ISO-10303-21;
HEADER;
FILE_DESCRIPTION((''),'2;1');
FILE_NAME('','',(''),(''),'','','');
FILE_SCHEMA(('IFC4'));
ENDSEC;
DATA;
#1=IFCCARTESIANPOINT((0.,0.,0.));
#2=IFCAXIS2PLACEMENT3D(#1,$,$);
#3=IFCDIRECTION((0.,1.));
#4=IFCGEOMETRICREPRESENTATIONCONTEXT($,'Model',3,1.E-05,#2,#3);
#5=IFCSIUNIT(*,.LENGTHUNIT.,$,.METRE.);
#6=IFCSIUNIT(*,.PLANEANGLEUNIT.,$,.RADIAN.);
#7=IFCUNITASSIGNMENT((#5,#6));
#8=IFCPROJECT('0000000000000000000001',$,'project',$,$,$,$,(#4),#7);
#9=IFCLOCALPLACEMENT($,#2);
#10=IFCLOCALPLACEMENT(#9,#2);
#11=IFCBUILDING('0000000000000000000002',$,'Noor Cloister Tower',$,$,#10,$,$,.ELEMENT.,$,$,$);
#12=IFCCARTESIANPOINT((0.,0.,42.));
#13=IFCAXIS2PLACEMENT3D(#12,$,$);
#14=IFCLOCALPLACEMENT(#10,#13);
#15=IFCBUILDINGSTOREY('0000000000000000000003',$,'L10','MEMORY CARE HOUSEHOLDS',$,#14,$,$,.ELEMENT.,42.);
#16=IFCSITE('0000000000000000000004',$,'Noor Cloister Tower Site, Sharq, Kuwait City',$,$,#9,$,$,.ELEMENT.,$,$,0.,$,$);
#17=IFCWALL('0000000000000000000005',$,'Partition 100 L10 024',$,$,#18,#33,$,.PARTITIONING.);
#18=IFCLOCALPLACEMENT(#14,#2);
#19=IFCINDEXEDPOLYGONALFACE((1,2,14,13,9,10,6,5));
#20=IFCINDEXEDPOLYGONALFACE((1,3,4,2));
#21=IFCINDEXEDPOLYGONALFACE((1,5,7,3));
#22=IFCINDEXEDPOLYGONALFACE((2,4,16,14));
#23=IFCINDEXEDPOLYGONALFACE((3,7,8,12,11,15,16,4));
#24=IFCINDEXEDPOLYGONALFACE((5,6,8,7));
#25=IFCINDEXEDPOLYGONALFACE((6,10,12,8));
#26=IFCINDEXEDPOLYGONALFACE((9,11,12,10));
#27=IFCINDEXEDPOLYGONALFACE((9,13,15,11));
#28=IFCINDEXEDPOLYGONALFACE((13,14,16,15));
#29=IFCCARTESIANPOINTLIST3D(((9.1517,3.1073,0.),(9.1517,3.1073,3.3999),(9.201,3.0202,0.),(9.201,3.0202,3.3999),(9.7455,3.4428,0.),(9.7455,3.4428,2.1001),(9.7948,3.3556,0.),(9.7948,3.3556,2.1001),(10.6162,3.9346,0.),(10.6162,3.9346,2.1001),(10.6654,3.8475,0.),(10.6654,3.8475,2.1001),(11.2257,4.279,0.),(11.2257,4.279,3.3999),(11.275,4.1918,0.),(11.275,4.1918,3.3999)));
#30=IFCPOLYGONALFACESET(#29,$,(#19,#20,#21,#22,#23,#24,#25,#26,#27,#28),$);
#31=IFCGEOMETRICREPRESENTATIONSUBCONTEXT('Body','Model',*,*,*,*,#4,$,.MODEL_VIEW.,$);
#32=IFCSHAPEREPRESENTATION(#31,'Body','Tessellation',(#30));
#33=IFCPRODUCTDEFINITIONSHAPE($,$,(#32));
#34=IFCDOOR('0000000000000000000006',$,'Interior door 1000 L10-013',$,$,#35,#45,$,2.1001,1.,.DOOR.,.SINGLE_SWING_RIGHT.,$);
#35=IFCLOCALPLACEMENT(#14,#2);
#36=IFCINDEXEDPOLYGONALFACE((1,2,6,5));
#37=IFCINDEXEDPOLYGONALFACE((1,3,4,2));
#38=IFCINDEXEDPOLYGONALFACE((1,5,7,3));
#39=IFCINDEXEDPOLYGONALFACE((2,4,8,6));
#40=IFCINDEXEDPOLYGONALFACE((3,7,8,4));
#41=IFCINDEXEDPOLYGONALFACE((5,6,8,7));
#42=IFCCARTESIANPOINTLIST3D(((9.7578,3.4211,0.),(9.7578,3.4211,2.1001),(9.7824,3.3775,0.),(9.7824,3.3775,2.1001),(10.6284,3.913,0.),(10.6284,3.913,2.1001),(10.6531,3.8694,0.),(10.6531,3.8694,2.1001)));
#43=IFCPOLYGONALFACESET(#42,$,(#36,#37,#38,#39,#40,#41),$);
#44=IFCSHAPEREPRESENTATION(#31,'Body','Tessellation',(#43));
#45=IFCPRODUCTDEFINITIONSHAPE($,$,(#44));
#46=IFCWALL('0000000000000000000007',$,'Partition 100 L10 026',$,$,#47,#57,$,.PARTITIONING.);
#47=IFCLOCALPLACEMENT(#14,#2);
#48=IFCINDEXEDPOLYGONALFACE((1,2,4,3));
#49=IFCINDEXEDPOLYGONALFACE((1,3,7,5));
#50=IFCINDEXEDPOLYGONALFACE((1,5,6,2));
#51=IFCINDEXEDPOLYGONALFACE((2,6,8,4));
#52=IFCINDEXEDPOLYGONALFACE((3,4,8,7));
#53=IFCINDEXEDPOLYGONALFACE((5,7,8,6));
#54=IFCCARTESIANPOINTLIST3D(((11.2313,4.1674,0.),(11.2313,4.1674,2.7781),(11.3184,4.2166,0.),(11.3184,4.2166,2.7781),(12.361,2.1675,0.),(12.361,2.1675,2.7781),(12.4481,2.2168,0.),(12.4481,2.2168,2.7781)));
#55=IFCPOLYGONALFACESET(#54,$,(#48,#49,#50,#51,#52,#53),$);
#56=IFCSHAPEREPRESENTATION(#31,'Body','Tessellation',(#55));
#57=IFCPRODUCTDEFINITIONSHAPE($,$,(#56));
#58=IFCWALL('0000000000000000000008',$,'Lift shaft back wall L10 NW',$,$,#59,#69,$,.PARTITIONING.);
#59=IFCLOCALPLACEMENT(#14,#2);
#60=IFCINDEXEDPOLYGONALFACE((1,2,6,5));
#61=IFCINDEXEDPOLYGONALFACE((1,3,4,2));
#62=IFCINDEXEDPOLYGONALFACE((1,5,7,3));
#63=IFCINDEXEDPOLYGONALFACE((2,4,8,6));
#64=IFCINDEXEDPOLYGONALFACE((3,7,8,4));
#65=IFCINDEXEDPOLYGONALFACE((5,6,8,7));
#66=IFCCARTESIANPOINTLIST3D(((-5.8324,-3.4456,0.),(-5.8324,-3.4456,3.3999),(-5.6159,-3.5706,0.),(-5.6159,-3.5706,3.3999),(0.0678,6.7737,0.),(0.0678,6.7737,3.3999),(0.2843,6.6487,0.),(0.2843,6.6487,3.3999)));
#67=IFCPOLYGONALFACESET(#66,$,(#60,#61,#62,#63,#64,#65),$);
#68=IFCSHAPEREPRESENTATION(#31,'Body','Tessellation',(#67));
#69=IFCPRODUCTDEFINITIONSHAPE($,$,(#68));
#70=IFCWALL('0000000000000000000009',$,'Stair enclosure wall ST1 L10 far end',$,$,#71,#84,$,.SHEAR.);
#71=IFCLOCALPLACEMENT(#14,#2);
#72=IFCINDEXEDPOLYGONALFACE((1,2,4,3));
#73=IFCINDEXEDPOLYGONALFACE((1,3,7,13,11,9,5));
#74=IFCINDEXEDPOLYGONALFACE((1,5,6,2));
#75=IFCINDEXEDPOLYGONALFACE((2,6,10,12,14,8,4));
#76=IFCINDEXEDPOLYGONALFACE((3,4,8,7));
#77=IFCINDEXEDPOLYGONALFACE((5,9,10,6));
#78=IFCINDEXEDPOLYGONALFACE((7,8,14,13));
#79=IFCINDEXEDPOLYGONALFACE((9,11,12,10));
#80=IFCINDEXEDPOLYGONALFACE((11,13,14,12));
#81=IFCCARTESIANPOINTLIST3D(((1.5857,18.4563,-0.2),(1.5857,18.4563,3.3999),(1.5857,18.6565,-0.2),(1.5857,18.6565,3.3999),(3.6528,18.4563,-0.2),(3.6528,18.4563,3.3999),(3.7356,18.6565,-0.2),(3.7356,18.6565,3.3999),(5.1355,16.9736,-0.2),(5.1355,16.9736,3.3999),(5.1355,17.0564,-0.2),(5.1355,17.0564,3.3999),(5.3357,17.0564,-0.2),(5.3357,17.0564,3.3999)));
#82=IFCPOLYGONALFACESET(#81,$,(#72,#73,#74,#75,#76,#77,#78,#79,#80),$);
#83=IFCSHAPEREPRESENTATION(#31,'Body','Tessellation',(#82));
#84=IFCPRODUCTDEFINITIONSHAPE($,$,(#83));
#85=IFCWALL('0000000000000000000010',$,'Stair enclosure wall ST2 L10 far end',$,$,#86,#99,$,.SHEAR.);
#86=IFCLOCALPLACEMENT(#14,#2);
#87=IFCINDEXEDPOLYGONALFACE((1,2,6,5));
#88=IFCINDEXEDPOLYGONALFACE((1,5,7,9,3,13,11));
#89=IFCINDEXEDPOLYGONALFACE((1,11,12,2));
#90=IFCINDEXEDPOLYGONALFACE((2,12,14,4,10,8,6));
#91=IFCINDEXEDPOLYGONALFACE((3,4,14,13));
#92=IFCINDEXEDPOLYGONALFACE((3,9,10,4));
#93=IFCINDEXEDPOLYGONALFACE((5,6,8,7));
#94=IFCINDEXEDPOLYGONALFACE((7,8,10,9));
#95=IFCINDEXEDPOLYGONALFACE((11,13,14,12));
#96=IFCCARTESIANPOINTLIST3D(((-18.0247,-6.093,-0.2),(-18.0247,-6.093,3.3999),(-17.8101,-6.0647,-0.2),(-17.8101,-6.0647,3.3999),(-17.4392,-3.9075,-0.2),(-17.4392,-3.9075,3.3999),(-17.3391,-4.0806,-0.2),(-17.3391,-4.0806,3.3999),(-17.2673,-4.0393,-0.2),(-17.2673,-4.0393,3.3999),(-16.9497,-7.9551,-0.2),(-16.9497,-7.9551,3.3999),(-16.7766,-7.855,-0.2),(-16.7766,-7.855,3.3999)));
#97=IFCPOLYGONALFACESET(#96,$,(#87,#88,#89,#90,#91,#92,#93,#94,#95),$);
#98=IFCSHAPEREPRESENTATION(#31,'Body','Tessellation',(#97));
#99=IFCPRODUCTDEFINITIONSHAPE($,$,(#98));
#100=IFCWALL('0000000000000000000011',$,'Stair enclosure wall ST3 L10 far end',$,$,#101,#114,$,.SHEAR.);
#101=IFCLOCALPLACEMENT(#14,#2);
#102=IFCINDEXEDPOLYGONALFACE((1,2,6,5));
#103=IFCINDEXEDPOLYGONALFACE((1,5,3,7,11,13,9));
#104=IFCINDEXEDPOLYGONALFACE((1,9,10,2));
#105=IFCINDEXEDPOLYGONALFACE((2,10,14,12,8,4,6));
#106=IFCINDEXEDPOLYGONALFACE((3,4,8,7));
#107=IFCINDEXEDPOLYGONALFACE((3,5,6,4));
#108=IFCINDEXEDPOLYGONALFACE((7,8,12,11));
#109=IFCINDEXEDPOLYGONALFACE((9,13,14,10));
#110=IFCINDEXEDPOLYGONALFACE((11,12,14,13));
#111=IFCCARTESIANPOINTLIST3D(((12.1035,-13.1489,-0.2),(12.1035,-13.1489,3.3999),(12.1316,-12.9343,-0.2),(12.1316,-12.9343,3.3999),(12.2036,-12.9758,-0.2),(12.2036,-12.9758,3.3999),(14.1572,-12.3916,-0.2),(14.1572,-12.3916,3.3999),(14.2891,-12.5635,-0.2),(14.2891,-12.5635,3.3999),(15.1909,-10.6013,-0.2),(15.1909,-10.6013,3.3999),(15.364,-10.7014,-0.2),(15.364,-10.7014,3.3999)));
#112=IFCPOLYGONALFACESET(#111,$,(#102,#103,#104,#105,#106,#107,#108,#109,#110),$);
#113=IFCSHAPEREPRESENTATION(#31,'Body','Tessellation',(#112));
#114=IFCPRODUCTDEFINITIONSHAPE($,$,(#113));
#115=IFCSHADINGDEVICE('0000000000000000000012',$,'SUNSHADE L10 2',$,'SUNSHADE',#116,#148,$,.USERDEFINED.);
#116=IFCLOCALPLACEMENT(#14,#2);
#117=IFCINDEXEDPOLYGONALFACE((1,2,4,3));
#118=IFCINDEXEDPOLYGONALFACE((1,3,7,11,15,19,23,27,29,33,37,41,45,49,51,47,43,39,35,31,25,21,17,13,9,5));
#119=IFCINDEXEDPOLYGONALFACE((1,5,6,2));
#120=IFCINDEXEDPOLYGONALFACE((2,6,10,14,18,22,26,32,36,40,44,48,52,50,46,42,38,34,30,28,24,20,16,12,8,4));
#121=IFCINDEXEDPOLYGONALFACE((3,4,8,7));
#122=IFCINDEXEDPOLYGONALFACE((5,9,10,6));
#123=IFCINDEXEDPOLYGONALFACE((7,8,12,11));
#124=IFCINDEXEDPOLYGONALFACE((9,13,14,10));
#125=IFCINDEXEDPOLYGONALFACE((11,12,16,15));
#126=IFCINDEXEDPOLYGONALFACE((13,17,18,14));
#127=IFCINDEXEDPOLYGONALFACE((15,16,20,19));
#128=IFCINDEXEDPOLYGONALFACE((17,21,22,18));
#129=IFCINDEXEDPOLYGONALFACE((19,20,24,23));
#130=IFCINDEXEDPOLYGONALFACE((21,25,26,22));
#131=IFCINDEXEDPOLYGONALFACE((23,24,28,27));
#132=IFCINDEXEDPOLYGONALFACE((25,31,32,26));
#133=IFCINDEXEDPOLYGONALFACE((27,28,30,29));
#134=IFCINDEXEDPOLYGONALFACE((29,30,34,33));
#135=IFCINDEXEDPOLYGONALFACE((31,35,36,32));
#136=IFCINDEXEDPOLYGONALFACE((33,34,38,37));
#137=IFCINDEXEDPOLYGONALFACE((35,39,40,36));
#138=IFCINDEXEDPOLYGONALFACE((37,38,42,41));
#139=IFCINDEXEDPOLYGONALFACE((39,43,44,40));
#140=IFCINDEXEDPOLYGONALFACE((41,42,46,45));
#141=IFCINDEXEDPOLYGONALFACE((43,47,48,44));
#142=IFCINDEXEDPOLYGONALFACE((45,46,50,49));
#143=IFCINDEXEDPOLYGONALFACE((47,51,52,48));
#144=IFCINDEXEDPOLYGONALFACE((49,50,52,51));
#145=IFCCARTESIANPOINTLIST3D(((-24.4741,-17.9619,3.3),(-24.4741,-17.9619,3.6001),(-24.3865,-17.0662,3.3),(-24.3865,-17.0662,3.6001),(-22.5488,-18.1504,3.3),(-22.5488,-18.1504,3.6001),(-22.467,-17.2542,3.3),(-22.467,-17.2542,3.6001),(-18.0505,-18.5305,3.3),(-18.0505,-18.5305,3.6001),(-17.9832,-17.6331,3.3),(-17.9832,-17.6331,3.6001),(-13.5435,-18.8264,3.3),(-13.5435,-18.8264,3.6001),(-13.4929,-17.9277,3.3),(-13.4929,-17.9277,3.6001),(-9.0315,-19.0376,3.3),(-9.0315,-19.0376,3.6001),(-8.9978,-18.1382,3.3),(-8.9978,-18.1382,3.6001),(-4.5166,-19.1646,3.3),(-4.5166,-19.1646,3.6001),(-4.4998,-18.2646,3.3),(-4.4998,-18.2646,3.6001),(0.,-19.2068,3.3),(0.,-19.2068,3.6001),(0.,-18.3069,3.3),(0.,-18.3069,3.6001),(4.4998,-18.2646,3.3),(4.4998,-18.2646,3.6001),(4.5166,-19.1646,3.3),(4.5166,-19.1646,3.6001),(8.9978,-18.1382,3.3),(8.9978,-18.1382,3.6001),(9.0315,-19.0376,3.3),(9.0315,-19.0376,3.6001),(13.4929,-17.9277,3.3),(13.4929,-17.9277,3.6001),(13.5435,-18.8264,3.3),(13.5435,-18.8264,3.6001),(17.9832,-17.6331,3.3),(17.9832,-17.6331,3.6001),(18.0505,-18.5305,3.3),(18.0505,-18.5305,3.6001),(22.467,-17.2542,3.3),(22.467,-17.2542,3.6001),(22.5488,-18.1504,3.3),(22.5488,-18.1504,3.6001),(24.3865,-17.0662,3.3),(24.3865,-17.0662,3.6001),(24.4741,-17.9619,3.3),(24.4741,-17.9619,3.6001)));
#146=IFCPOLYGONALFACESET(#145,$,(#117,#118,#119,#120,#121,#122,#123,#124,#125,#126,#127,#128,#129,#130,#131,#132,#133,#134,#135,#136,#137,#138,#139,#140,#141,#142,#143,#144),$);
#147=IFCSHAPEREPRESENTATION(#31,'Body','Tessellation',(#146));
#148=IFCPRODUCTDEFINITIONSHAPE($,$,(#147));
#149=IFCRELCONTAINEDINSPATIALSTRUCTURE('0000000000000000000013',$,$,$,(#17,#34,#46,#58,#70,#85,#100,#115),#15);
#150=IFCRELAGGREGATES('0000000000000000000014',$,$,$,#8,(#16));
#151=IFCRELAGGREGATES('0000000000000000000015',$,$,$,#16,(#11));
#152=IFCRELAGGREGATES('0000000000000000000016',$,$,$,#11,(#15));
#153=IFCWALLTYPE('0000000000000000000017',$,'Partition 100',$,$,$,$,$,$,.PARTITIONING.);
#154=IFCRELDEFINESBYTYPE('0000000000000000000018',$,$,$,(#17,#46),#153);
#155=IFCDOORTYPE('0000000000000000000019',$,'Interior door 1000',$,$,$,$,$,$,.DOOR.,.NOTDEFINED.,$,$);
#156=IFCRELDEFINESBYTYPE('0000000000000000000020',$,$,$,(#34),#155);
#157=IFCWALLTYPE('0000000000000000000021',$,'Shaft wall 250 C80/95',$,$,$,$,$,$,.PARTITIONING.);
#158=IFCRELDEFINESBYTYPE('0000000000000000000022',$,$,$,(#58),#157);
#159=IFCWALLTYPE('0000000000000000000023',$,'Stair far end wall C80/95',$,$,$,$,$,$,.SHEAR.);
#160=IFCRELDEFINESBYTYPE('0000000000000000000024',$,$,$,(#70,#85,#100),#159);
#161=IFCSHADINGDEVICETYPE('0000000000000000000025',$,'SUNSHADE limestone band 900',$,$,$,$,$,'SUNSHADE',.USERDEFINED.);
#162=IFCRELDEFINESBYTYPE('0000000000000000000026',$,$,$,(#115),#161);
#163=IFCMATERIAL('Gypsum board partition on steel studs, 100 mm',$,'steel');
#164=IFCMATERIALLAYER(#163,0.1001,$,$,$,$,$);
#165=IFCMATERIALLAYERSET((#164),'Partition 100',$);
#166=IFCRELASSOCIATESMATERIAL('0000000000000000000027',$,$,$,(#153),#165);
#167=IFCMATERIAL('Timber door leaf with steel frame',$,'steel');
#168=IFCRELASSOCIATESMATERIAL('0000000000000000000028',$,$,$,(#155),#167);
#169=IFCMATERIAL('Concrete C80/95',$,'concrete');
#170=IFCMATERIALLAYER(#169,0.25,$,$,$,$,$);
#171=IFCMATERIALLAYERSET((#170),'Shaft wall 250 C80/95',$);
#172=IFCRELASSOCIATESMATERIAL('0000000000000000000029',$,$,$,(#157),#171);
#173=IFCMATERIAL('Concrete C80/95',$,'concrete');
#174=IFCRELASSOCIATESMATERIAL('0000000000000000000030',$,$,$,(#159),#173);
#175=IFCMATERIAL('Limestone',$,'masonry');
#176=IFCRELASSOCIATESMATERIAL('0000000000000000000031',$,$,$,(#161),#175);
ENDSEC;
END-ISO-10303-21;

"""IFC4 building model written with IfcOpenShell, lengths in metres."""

from ifc_helpers import new_model, si_unit, direction, frame, frame_2d, origin, place, context, subcontext, project, spatial, polyline, rectangle, outline, extrude, material, layer, layer_set, type_object, element, fill, save


model = new_model("IFC4")

# Units and contexts
model_context = context("Model", 3, precision=1e-05, world=origin(), true_north=direction((0.0, 1.0)))
body_context = subcontext(model_context, "Body", "Model", "MODEL_VIEW")
ifc_project = project(units=[si_unit("LENGTHUNIT", "METRE"), si_unit("PLANEANGLEUNIT", "RADIAN")], contexts=[model_context])

# Site, building, storey
site_placement = place(None, origin())
site = spatial("IfcSite", under=ifc_project, at=site_placement, Name="Noor Cloister Tower Site, Sharq, Kuwait City", CompositionType="ELEMENT", RefElevation=0.0)
building_placement = place(site_placement, origin())
building = spatial("IfcBuilding", under=site, at=building_placement, Name="Noor Cloister Tower", CompositionType="ELEMENT")
storey_placement = place(building_placement, frame((0.0, 0.0, 42.0)))
storey = spatial("IfcBuildingStorey", under=building, at=storey_placement, Name="L10", Description="MEMORY CARE HOUSEHOLDS", CompositionType="ELEMENT", Elevation=42.0)

# Wall, opening, door
ifc_material_1 = material(Name="Gypsum board partition on steel studs, 100 mm", Category="steel")
ifc_layer_1 = layer(ifc_material_1, 0.1001)
ifc_layer_set_1 = layer_set([ifc_layer_1], Name="Partition 100")
wall_type_1 = type_object("IfcWallType", Name="Partition 100", PredefinedType="PARTITIONING", material=ifc_layer_set_1)
wall_1_placement = place(storey_placement, frame((11.2502, 4.2354, 0.0), z_axis=(0.0, 0.0, 1.0), x_axis=(-0.870674, -0.491861, 0.0)))
wall_1 = element("IfcWall", 1, at=wall_1_placement, inside=storey, type_object=wall_type_1, Name="Partition 100 L10 024", PredefinedType="PARTITIONING", context=body_context, shape_type="SweptSolid", body=[
    extrude(rectangle(XDim=2.3821, YDim=0.1001, at=frame_2d((1.1909, 0.0))), origin(), (0.0, 0.0, 1.0), 3.3999),
])
opening_1_placement = place(wall_1_placement, frame((0.7, 0.0, 0.0)))
opening_1 = element("IfcOpeningElement", 2, at=opening_1_placement, cuts=wall_1, PredefinedType="OPENING", context=body_context, shape_type="SweptSolid", body=[
    extrude(rectangle(XDim=1.0, YDim=2.1001, at=frame_2d((0.5, 1.05))), frame((0.0, 0.0601, 0.0), z_axis=(0.0, -1.0, 0.0), x_axis=(1.0, 0.0, 0.0)), (0.0, 0.0, 1.0), 0.1201),
])
ifc_material_2 = material(Name="Timber door leaf with steel frame", Category="steel")
door_type_1 = type_object("IfcDoorType", Name="Interior door 1000", OperationType="NOTDEFINED", PredefinedType="DOOR", material=ifc_material_2)
door_1_placement = place(opening_1_placement, origin())
door_1 = element("IfcDoor", 3, at=door_1_placement, inside=storey, type_object=door_type_1, Name="Interior door 1000 L10-013", OperationType="SINGLE_SWING_RIGHT", OverallHeight=2.1001, OverallWidth=1.0, PredefinedType="DOOR", context=body_context, shape_type="SweptSolid", body=[
    extrude(rectangle(XDim=1.0, YDim=2.1001, at=frame_2d((0.5, 1.05))), frame((0.0, 0.0249, 0.0), z_axis=(0.0, -1.0, 0.0), x_axis=(1.0, 0.0, 0.0)), (0.0, 0.0, 1.0), 0.05),
])
fill(opening_1, door_1)

# Walls
wall_2_placement = place(storey_placement, frame((12.4045, 2.1921, 0.0), z_axis=(0.0, 0.0, 1.0), x_axis=(-0.49184, 0.870686, 0.0)))
element("IfcWall", 4, at=wall_2_placement, inside=storey, type_object=wall_type_1, Name="Partition 100 L10 026", PredefinedType="PARTITIONING", context=body_context, shape_type="SweptSolid", body=[
    extrude(rectangle(XDim=2.2969, YDim=0.1001, at=frame_2d((1.1484, 0.0))), origin(), (0.0, 0.0, 1.0), 2.7781),
])
ifc_material_3 = material(Name="Concrete C80/95", Category="concrete")
ifc_layer_2 = layer(ifc_material_3, 0.25)
ifc_layer_set_2 = layer_set([ifc_layer_2], Name="Shaft wall 250 C80/95")
wall_type_2 = type_object("IfcWallType", Name="Shaft wall 250 C80/95", PredefinedType="PARTITIONING", material=ifc_layer_set_2)
wall_3_placement = place(storey_placement, frame((0.176, 6.7112, 0.0), z_axis=(0.0, 0.0, 1.0), x_axis=(-0.500004, -0.866023, 0.0)))
element("IfcWall", 5, at=wall_3_placement, inside=storey, type_object=wall_type_2, Name="Lift shaft back wall L10 NW", PredefinedType="PARTITIONING", context=body_context, shape_type="SweptSolid", body=[
    extrude(rectangle(XDim=11.8003, YDim=0.25, at=frame_2d((5.9001, 0.0))), origin(), (0.0, 0.0, 1.0), 3.3999),
])
ifc_material_4 = material(Name="Concrete C80/95", Category="concrete")
wall_type_3 = type_object("IfcWallType", Name="Stair far end wall C80/95", PredefinedType="SHEAR", material=ifc_material_4)
wall_4_placement = place(storey_placement, frame((0.0, 0.0, -0.2)))
element("IfcWall", 6, at=wall_4_placement, inside=storey, type_object=wall_type_3, Name="Stair enclosure wall ST1 L10 far end", PredefinedType="SHEAR", context=body_context, shape_type="SweptSolid", body=[
    extrude(outline(polyline([(5.3357, 17.0564), (3.7356, 18.6565), (1.5857, 18.6565), (1.5857, 18.4563), (3.6528, 18.4563), (5.1355, 16.9736), (5.1355, 17.0564), (5.1355, 17.0564), (5.1355, 17.0564), (5.1355, 17.0564), (5.1355, 17.0564), (5.1355, 17.0564), (5.1355, 17.0564), (5.1355, 17.0564), (5.1355, 17.0564), (5.1355, 17.0564), (5.1355, 17.0564), (5.1355, 17.0564), (5.1355, 17.0564), (5.1355, 17.0564), (5.1355, 17.0564), (5.1355, 17.0564), (5.1355, 17.0564), (5.3357, 17.0564)])), origin(), (0.0, 0.0, 1.0), 3.5999),
])
wall_5_placement = place(storey_placement, frame((0.0, 0.0, -0.2)))
element("IfcWall", 7, at=wall_5_placement, inside=storey, type_object=wall_type_3, Name="Stair enclosure wall ST2 L10 far end", PredefinedType="SHEAR", context=body_context, shape_type="SweptSolid", body=[
    extrude(outline(polyline([(-17.4392, -3.9075), (-18.0247, -6.093), (-16.9497, -7.9551), (-16.7766, -7.855), (-17.8101, -6.0647), (-17.2673, -4.0393), (-17.3391, -4.0806), (-17.3391, -4.0806), (-17.3391, -4.0806), (-17.3391, -4.0806), (-17.3391, -4.0806), (-17.3391, -4.0806), (-17.3391, -4.0806), (-17.3391, -4.0806), (-17.3391, -4.0806), (-17.3391, -4.0806), (-17.3391, -4.0806), (-17.3391, -4.0806), (-17.3391, -4.0806), (-17.3391, -4.0806), (-17.3391, -4.0806), (-17.3391, -4.0806), (-17.3391, -4.0806), (-17.4392, -3.9075)])), origin(), (0.0, 0.0, 1.0), 3.5999),
])
wall_6_placement = place(storey_placement, frame((0.0, 0.0, -0.2)))
element("IfcWall", 8, at=wall_6_placement, inside=storey, type_object=wall_type_3, Name="Stair enclosure wall ST3 L10 far end", PredefinedType="SHEAR", context=body_context, shape_type="SweptSolid", body=[
    extrude(outline(polyline([(12.1035, -13.1489), (14.2891, -12.5635), (15.364, -10.7014), (15.1909, -10.6013), (14.1572, -12.3916), (12.1316, -12.9343), (12.2036, -12.9758), (12.2036, -12.9758), (12.2036, -12.9758), (12.2036, -12.9758), (12.2036, -12.9758), (12.2036, -12.9758), (12.2036, -12.9758), (12.2036, -12.9758), (12.2036, -12.9758), (12.2036, -12.9758), (12.2036, -12.9758), (12.2036, -12.9758), (12.2036, -12.9758), (12.2036, -12.9758), (12.2036, -12.9758), (12.2036, -12.9758), (12.2036, -12.9758), (12.1035, -13.1489)])), origin(), (0.0, 0.0, 1.0), 3.5999),
])

# Shading device
ifc_material_5 = material(Name="Limestone", Category="masonry")
shading_device_type = type_object("IfcShadingDeviceType", Name="SUNSHADE limestone band 900", ElementType="SUNSHADE", PredefinedType="USERDEFINED", material=ifc_material_5)
shading_device_1_placement = place(storey_placement, frame((0.0, 0.0, 3.3)))
element("IfcShadingDevice", 9, at=shading_device_1_placement, inside=storey, type_object=shading_device_type, Name="SUNSHADE L10 2", ObjectType="SUNSHADE", PredefinedType="USERDEFINED", context=body_context, shape_type="SweptSolid", body=[
    extrude(outline(polyline([(-24.4741, -17.9619), (-22.5488, -18.1504), (-18.0505, -18.5305), (-13.5435, -18.8264), (-9.0315, -19.0376), (-4.5166, -19.1646), (0.0, -19.2068), (4.5166, -19.1646), (9.0315, -19.0376), (13.5435, -18.8264), (18.0505, -18.5305), (22.5488, -18.1504), (24.4741, -17.9619), (24.3865, -17.0662), (22.467, -17.2542), (17.9832, -17.6331), (13.4929, -17.9277), (8.9978, -18.1382), (4.4998, -18.2646), (0.0, -18.3069), (-4.4998, -18.2646), (-8.9978, -18.1382), (-13.4929, -17.9277), (-17.9832, -17.6331), (-22.467, -17.2542), (-24.3865, -17.0662), (-24.4741, -17.9619)])), origin(), (0.0, 0.0, 1.0), 0.3),
])

save(model, "model.ifc")
